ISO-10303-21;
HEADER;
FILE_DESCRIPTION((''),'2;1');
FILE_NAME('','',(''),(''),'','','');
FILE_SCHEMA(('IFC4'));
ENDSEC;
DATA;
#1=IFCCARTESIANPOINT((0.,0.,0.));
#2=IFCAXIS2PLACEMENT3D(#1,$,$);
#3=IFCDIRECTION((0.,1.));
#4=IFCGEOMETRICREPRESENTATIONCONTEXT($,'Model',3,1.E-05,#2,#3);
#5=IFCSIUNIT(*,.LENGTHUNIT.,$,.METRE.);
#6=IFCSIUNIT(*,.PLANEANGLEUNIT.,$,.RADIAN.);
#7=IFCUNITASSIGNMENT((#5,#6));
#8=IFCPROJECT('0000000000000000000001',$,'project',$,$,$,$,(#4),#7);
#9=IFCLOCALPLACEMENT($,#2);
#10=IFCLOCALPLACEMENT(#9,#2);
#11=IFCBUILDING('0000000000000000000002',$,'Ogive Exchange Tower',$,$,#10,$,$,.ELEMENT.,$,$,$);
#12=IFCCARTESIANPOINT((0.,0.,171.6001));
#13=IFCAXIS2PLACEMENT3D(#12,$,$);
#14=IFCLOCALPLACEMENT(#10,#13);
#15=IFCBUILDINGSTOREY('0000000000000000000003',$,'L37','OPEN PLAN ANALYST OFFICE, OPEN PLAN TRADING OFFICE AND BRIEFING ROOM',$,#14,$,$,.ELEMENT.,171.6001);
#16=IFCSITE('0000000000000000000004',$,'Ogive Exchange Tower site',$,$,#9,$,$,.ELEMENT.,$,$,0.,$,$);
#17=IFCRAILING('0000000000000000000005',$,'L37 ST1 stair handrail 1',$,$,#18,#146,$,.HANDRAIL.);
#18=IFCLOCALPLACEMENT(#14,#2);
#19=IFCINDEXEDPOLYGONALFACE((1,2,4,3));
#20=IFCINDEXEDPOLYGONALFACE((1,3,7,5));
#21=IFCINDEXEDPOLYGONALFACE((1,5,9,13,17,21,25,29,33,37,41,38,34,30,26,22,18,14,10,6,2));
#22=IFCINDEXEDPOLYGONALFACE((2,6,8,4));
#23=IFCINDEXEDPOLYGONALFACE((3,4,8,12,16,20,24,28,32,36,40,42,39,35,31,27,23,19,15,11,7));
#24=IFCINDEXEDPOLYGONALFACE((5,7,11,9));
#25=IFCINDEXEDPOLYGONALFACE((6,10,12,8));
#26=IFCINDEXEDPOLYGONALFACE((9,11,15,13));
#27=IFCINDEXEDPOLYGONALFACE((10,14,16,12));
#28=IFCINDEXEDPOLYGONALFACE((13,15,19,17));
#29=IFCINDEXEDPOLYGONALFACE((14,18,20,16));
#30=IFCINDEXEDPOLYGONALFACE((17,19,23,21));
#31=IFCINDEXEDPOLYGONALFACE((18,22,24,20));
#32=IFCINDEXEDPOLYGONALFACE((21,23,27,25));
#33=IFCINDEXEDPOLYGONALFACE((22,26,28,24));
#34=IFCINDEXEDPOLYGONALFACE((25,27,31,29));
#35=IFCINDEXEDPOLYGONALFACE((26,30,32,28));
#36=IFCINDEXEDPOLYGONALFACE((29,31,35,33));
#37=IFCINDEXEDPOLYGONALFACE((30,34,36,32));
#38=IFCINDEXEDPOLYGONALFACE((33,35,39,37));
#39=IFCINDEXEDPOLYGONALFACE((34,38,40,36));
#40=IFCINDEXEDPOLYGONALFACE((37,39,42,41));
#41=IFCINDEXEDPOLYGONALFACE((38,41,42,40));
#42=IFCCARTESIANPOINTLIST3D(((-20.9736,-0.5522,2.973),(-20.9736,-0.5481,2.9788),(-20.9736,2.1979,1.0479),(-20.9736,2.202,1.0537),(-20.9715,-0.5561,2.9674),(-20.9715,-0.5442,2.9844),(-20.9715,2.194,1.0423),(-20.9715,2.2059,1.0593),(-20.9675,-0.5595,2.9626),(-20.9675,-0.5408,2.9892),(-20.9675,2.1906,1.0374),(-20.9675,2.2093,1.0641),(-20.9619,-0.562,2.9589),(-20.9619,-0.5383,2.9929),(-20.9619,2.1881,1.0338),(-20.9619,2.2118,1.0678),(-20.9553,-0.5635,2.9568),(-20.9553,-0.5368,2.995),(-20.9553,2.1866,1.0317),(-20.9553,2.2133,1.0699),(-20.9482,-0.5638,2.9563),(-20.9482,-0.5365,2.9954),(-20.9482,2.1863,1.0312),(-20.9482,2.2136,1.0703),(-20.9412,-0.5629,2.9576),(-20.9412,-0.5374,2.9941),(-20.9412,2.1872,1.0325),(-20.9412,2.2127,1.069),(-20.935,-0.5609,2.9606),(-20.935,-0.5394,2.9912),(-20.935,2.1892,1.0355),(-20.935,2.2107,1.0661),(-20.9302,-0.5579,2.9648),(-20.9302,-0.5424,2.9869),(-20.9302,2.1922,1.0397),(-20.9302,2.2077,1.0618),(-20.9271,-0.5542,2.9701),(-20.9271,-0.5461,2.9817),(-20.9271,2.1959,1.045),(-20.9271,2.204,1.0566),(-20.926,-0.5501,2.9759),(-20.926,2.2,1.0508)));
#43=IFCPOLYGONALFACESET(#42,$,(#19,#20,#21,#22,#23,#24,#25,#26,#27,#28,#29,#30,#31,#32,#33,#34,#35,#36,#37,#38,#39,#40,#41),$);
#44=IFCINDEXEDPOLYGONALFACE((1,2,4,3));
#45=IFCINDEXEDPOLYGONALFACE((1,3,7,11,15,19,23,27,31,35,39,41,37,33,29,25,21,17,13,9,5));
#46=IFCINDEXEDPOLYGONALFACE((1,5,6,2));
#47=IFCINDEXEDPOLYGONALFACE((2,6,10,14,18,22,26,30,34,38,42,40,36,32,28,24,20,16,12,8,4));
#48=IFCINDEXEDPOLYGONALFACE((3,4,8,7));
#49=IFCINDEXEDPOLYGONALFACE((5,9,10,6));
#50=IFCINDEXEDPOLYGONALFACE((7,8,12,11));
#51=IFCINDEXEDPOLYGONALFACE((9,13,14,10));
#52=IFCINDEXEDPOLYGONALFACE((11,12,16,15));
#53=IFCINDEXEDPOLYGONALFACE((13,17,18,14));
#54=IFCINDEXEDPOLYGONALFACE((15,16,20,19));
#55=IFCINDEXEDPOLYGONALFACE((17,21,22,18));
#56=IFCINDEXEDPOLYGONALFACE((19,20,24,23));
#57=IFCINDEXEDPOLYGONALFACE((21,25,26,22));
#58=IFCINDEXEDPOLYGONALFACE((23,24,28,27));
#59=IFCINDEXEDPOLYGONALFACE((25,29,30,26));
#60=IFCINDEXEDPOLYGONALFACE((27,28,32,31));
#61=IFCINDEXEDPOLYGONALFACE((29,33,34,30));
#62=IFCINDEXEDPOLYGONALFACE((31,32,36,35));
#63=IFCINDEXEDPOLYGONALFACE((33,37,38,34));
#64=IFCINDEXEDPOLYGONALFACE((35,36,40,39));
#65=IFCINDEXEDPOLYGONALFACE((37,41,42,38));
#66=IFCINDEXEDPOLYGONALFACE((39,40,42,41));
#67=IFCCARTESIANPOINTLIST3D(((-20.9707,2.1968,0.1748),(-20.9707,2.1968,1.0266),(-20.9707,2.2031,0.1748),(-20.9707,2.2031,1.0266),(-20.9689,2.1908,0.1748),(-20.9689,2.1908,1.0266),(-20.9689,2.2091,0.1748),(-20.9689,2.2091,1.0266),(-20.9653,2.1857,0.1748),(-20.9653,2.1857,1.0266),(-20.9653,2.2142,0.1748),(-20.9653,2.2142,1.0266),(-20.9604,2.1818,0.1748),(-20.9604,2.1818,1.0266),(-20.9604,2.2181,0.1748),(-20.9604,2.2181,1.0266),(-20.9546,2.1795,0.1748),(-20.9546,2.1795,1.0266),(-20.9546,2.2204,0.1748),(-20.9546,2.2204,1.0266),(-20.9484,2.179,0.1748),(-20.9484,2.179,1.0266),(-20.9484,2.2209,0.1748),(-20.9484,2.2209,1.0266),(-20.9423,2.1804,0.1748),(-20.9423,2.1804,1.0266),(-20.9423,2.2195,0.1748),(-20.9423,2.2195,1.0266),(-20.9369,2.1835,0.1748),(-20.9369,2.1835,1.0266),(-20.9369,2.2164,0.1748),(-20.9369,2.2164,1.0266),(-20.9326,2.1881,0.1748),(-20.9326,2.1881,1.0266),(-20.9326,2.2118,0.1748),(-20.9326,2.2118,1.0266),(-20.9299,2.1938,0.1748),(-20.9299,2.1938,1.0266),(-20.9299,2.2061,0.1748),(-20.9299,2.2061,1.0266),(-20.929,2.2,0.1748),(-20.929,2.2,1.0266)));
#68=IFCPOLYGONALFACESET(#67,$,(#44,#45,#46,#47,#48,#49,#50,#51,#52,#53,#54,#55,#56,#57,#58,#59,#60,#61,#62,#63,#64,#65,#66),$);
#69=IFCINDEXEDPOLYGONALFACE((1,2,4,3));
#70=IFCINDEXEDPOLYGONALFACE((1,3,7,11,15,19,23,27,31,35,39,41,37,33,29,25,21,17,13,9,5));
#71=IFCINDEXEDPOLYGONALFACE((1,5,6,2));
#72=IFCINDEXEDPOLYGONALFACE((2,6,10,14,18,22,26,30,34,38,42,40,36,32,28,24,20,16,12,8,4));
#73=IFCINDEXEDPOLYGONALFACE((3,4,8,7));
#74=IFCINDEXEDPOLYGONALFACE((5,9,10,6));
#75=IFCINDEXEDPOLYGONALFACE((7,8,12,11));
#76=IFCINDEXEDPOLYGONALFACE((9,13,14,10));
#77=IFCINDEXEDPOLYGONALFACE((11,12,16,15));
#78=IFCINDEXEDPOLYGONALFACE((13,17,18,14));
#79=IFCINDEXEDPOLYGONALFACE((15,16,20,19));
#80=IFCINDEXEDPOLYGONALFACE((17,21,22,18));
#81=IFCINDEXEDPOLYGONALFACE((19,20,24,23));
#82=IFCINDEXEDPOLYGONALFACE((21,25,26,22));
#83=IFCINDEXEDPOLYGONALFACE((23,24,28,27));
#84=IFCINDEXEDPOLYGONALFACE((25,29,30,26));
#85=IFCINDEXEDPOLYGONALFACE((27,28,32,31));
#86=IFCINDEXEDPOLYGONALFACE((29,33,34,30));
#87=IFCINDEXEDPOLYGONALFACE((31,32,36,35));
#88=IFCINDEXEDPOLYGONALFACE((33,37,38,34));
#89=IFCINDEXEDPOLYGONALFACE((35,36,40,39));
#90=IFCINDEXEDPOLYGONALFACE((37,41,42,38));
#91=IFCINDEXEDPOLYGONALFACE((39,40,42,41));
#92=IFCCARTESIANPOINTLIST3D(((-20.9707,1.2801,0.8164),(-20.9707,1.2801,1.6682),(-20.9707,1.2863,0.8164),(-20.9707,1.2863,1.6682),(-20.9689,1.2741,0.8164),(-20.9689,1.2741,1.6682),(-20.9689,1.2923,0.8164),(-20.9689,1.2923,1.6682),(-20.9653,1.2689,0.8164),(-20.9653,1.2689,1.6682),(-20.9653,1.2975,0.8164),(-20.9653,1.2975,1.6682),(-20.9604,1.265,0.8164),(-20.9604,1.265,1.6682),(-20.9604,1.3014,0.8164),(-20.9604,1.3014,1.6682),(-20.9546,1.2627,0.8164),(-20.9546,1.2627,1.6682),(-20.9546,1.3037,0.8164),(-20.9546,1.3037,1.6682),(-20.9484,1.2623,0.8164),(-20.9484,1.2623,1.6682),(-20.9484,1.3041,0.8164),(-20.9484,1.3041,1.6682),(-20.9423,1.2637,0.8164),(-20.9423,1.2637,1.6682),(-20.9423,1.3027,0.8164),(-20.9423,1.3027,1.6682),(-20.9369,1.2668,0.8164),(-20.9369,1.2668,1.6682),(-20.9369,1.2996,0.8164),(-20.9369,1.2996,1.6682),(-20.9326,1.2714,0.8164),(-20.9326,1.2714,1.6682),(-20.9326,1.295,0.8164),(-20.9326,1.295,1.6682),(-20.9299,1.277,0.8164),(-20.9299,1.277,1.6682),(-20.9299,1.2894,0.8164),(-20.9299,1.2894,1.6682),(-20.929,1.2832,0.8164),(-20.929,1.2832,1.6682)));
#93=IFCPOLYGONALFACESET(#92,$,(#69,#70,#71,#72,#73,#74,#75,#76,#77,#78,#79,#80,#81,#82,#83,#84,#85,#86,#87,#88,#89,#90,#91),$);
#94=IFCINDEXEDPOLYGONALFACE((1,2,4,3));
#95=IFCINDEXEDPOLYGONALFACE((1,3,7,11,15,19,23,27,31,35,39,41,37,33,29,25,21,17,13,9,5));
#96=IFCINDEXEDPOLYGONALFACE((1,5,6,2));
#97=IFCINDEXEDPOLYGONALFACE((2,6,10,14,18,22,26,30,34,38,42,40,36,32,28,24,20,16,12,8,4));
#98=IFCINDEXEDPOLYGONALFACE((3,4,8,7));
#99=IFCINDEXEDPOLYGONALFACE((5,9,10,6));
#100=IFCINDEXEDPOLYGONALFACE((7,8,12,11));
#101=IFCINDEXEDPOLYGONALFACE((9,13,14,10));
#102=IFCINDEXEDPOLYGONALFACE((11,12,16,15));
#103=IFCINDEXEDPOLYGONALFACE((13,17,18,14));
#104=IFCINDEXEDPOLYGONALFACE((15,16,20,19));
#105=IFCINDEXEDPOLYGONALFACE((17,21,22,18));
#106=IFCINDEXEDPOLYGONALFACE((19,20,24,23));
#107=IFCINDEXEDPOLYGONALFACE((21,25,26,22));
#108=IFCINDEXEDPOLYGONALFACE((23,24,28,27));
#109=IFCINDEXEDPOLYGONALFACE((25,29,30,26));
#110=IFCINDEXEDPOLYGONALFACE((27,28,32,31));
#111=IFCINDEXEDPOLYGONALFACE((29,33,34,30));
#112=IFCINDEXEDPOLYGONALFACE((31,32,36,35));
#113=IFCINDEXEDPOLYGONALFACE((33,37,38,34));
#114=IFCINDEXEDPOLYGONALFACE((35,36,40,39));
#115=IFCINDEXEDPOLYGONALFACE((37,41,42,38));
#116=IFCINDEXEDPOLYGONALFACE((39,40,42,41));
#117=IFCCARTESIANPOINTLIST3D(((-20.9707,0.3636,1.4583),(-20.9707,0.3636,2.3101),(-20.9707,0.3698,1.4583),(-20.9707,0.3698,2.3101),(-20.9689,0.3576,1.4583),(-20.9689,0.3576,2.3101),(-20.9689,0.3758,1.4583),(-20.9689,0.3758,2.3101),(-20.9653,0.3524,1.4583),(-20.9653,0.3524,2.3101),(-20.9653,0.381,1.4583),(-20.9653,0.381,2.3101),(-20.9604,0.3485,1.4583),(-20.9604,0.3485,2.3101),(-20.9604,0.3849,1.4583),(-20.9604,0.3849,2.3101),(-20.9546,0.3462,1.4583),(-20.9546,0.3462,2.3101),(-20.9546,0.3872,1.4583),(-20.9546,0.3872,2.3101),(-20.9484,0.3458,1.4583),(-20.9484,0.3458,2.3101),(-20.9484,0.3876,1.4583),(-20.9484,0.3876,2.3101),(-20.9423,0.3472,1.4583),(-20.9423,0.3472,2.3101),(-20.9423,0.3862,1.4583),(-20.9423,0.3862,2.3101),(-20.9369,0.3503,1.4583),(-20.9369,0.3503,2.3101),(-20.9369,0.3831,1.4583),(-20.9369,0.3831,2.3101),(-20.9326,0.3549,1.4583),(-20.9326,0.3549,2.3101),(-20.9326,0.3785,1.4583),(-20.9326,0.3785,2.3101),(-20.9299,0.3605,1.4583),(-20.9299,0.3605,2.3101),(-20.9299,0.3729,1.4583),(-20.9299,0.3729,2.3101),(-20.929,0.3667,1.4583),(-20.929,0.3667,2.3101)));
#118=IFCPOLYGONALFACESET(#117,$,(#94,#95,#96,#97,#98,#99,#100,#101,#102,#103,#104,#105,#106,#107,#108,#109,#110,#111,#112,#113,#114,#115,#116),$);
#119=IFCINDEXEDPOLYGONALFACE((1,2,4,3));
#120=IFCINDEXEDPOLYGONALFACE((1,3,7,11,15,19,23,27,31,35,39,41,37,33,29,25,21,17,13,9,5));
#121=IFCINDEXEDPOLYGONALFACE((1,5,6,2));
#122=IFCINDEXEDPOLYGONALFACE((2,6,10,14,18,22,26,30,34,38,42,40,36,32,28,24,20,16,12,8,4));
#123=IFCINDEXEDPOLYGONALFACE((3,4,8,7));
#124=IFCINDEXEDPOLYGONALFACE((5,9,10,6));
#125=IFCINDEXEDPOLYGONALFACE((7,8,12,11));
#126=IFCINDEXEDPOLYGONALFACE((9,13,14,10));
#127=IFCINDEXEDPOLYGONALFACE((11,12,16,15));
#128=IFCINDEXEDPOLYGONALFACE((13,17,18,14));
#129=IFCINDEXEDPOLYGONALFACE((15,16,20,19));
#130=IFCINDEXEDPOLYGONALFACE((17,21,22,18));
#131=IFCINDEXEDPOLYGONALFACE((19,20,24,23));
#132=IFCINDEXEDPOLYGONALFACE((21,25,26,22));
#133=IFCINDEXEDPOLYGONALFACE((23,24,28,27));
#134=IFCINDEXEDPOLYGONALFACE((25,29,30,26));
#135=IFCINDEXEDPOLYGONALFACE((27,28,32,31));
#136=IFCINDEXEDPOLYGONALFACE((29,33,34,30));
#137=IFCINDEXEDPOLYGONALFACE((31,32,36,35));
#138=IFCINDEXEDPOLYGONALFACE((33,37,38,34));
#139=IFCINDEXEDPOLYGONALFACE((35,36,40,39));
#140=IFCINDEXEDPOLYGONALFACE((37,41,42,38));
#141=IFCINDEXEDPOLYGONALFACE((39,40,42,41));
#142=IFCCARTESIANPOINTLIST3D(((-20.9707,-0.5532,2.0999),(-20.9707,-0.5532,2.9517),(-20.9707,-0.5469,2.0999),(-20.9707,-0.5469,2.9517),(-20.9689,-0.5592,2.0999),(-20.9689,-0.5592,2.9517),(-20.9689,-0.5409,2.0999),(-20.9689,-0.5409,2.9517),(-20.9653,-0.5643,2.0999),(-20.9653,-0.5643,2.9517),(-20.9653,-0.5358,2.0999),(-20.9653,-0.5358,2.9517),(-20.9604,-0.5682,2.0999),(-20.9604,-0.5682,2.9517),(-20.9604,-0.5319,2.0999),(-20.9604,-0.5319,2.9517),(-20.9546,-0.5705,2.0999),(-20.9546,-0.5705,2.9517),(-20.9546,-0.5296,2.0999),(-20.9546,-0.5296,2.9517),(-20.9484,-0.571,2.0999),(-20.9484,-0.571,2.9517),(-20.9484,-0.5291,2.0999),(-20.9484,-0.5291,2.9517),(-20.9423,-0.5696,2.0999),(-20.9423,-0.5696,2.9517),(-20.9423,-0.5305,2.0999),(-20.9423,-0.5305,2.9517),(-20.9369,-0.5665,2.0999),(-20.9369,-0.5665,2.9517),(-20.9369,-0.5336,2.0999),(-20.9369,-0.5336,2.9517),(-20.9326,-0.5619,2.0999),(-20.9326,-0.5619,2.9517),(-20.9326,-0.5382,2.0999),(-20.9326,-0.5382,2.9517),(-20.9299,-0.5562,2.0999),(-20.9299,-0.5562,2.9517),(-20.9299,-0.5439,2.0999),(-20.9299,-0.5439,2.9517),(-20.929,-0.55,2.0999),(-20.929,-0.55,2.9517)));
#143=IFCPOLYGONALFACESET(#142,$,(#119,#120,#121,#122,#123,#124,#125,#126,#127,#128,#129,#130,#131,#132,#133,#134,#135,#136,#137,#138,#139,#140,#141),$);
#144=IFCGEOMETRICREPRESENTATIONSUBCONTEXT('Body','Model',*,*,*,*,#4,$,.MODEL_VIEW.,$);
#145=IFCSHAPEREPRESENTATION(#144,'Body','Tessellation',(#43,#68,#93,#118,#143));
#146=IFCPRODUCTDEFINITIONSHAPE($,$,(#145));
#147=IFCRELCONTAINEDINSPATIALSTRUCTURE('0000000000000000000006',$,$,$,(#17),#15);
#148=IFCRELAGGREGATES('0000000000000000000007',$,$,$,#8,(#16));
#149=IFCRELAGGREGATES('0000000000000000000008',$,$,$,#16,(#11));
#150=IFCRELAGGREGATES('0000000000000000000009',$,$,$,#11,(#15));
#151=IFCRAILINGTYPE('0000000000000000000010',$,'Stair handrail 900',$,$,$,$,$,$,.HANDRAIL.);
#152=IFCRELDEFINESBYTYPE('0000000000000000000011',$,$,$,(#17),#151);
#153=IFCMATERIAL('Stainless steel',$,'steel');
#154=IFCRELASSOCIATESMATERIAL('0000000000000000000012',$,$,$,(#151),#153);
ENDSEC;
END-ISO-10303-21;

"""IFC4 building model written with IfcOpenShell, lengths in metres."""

from ifc_helpers import new_model, si_unit, direction, frame, origin, origin_2d, place, context, subcontext, project, spatial, circle, extrude, material, type_object, element, save


model = new_model("IFC4")

# Units and contexts
model_context = context("Model", 3, precision=1e-05, world=origin(), true_north=direction((0.0, 1.0)))
body_context = subcontext(model_context, "Body", "Model", "MODEL_VIEW")
ifc_project = project(units=[si_unit("LENGTHUNIT", "METRE"), si_unit("PLANEANGLEUNIT", "RADIAN")], contexts=[model_context])

# Site, building, storey
site_placement = place(None, origin())
site = spatial("IfcSite", under=ifc_project, at=site_placement, Name="Ogive Exchange Tower site", CompositionType="ELEMENT", RefElevation=0.0)
building_placement = place(site_placement, origin())
building = spatial("IfcBuilding", under=site, at=building_placement, Name="Ogive Exchange Tower", CompositionType="ELEMENT")
storey_placement = place(building_placement, frame((0.0, 0.0, 171.6001)))
storey = spatial("IfcBuildingStorey", under=building, at=storey_placement, Name="L37", Description="OPEN PLAN ANALYST OFFICE, OPEN PLAN TRADING OFFICE AND BRIEFING ROOM", CompositionType="ELEMENT", Elevation=171.6001)

# Railing
ifc_material_1 = material(Name="Stainless steel", Category="steel")
railing_type = type_object("IfcRailingType", Name="Stair handrail 900", PredefinedType="HANDRAIL", material=ifc_material_1)
railing_placement = place(storey_placement, frame((-20.95, 2.2, 0.1748)))
element("IfcRailing", 1, at=railing_placement, inside=storey, type_object=railing_type, Name="L37 ST1 stair handrail 1", PredefinedType="HANDRAIL", context=body_context, shape_type="SweptSolid", body=[
    extrude(circle(Radius=0.0239, at=origin_2d()), frame((0.0, 0.0, 0.876), z_axis=(0.0, -0.819225, 0.573472), x_axis=(1.0, 0.0, 0.0)), (0.0, 0.0, 1.0), 3.3569),
    extrude(circle(Radius=0.021, at=origin_2d()), origin(), (0.0, 0.0, 1.0), 0.8518),
    extrude(circle(Radius=0.021, at=origin_2d()), frame((0.0, -0.9167, 0.6416)), (0.0, 0.0, 1.0), 0.8518),
    extrude(circle(Radius=0.021, at=origin_2d()), frame((0.0, -1.8333, 1.2834)), (0.0, 0.0, 1.0), 0.8518),
    extrude(circle(Radius=0.021, at=origin_2d()), frame((0.0, -2.75, 1.925)), (0.0, 0.0, 1.0), 0.8518),
])

save(model, "model.ifc")
